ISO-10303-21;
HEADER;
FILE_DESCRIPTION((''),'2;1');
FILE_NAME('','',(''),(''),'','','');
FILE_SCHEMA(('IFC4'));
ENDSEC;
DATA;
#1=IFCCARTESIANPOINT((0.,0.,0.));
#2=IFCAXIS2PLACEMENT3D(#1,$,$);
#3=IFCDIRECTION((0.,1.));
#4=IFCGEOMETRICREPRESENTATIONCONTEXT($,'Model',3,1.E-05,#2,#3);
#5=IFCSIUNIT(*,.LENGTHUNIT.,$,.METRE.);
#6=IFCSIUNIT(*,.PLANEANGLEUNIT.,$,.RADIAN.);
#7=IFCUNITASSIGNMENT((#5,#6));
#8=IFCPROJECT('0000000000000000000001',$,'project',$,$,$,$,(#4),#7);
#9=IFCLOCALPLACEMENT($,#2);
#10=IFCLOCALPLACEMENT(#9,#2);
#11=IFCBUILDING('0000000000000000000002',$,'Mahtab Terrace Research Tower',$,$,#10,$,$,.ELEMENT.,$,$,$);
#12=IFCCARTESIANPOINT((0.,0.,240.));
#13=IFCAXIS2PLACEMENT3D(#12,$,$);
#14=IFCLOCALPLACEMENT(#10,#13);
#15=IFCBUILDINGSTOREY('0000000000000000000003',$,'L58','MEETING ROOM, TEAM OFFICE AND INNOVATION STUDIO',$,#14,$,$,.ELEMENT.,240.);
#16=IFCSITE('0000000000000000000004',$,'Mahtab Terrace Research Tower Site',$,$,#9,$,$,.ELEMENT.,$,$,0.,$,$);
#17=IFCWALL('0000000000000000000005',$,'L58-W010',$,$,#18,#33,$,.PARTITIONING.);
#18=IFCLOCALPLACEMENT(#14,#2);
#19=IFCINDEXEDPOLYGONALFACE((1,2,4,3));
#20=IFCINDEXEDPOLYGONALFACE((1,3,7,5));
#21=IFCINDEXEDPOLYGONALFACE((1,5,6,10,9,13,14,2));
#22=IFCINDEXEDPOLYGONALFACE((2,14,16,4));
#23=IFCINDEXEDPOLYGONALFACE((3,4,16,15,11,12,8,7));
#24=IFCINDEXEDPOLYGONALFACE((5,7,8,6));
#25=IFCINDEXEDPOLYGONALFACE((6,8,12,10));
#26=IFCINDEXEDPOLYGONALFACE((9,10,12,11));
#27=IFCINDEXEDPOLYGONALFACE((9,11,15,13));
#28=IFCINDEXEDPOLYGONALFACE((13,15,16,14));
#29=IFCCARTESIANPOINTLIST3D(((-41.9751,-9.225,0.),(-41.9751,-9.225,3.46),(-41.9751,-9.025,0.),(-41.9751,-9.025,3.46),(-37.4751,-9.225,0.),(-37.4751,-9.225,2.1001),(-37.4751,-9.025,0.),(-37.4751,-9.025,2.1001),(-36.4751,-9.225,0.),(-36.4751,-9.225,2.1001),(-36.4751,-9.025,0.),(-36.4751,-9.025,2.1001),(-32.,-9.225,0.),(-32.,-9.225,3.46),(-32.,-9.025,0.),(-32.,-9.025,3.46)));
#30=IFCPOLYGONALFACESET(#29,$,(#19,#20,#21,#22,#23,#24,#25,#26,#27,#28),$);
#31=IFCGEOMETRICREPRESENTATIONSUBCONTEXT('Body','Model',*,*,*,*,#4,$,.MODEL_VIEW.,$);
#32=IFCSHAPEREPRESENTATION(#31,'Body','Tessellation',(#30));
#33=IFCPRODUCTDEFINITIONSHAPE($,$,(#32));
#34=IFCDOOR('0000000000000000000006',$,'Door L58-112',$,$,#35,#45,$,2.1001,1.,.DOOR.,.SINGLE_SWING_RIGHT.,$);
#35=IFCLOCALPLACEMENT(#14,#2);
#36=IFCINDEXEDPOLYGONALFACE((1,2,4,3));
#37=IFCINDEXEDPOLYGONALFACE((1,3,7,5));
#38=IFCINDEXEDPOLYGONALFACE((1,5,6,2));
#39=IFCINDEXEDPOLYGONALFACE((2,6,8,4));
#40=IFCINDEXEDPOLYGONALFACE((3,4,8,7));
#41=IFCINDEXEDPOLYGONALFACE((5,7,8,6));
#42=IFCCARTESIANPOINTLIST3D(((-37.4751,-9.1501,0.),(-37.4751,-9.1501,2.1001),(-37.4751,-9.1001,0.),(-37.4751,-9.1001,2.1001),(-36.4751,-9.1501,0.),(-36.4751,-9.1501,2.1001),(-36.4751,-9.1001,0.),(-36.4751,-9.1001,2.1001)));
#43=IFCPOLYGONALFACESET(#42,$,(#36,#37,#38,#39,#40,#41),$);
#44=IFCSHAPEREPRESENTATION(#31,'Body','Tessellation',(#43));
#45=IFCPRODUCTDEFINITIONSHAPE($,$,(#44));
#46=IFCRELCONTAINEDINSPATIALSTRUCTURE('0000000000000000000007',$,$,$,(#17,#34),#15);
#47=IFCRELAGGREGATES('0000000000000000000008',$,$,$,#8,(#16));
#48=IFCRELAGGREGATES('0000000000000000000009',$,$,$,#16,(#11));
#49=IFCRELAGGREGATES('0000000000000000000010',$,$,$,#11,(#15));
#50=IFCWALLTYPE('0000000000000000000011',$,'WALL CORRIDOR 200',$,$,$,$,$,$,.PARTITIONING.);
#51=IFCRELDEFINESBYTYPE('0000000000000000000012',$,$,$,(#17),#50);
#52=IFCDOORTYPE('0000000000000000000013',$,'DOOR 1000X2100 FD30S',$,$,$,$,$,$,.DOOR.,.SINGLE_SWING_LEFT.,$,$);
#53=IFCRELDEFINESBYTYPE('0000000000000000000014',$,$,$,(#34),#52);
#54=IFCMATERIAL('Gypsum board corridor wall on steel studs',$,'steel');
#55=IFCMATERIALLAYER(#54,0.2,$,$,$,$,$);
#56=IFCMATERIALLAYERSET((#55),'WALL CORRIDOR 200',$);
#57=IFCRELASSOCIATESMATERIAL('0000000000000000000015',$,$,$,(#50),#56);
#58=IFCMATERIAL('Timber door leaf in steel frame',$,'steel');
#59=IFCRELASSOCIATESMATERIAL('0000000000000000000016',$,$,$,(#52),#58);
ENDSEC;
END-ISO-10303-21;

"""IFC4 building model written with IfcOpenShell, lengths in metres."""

from ifc_helpers import new_model, si_unit, direction, frame, frame_2d, origin, place, context, subcontext, project, spatial, rectangle, extrude, material, layer, layer_set, type_object, element, fill, save


model = new_model("IFC4")

# Units and contexts
model_context = context("Model", 3, precision=1e-05, world=origin(), true_north=direction((0.0, 1.0)))
body_context = subcontext(model_context, "Body", "Model", "MODEL_VIEW")
ifc_project = project(units=[si_unit("LENGTHUNIT", "METRE"), si_unit("PLANEANGLEUNIT", "RADIAN")], contexts=[model_context])

# Site, building, storey
site_placement = place(None, origin())
site = spatial("IfcSite", under=ifc_project, at=site_placement, Name="Mahtab Terrace Research Tower Site", CompositionType="ELEMENT", RefElevation=0.0)
building_placement = place(site_placement, origin())
building = spatial("IfcBuilding", under=site, at=building_placement, Name="Mahtab Terrace Research Tower", CompositionType="ELEMENT")
storey_placement = place(building_placement, frame((0.0, 0.0, 240.0)))
storey = spatial("IfcBuildingStorey", under=building, at=storey_placement, Name="L58", Description="MEETING ROOM, TEAM OFFICE AND INNOVATION STUDIO", CompositionType="ELEMENT", Elevation=240.0)

# Wall, opening, door
ifc_material_1 = material(Name="Gypsum board corridor wall on steel studs", Category="steel")
ifc_layer_1 = layer(ifc_material_1, 0.2)
ifc_layer_set_1 = layer_set([ifc_layer_1], Name="WALL CORRIDOR 200")
wall_type = type_object("IfcWallType", Name="WALL CORRIDOR 200", PredefinedType="PARTITIONING", material=ifc_layer_set_1)
wall_placement = place(storey_placement, frame((-41.9751, -9.125, 0.0), z_axis=(0.0, 0.0, 1.0), x_axis=(1.0, 0.0, 0.0)))
wall = element("IfcWall", 1, at=wall_placement, inside=storey, type_object=wall_type, Name="L58-W010", PredefinedType="PARTITIONING", context=body_context, shape_type="SweptSolid", body=[
    extrude(rectangle(XDim=9.9751, YDim=0.2, at=frame_2d((4.9875, 0.0))), origin(), (0.0, 0.0, 1.0), 3.46),
])
opening_placement = place(wall_placement, frame((4.5, 0.0, 0.0)))
opening = element("IfcOpeningElement", 2, at=opening_placement, cuts=wall, PredefinedType="OPENING", context=body_context, shape_type="SweptSolid", body=[
    extrude(rectangle(XDim=1.0, YDim=2.1001, at=frame_2d((0.5, 1.05))), frame((0.0, 0.1099, 0.0), z_axis=(0.0, -1.0, 0.0), x_axis=(1.0, 0.0, 0.0)), (0.0, 0.0, 1.0), 0.22),
])
ifc_material_2 = material(Name="Timber door leaf in steel frame", Category="steel")
door_type = type_object("IfcDoorType", Name="DOOR 1000X2100 FD30S", OperationType="SINGLE_SWING_LEFT", PredefinedType="DOOR", material=ifc_material_2)
door_placement = place(opening_placement, origin())
door = element("IfcDoor", 3, at=door_placement, inside=storey, type_object=door_type, Name="Door L58-112", OperationType="SINGLE_SWING_RIGHT", OverallHeight=2.1001, OverallWidth=1.0, PredefinedType="DOOR", context=body_context, shape_type="SweptSolid", body=[
    extrude(rectangle(XDim=1.0, YDim=2.1001, at=frame_2d((0.5, 1.05))), frame((0.0, 0.0249, 0.0), z_axis=(0.0, -1.0, 0.0), x_axis=(1.0, 0.0, 0.0)), (0.0, 0.0, 1.0), 0.05),
])
fill(opening, door)

save(model, "model.ifc")
